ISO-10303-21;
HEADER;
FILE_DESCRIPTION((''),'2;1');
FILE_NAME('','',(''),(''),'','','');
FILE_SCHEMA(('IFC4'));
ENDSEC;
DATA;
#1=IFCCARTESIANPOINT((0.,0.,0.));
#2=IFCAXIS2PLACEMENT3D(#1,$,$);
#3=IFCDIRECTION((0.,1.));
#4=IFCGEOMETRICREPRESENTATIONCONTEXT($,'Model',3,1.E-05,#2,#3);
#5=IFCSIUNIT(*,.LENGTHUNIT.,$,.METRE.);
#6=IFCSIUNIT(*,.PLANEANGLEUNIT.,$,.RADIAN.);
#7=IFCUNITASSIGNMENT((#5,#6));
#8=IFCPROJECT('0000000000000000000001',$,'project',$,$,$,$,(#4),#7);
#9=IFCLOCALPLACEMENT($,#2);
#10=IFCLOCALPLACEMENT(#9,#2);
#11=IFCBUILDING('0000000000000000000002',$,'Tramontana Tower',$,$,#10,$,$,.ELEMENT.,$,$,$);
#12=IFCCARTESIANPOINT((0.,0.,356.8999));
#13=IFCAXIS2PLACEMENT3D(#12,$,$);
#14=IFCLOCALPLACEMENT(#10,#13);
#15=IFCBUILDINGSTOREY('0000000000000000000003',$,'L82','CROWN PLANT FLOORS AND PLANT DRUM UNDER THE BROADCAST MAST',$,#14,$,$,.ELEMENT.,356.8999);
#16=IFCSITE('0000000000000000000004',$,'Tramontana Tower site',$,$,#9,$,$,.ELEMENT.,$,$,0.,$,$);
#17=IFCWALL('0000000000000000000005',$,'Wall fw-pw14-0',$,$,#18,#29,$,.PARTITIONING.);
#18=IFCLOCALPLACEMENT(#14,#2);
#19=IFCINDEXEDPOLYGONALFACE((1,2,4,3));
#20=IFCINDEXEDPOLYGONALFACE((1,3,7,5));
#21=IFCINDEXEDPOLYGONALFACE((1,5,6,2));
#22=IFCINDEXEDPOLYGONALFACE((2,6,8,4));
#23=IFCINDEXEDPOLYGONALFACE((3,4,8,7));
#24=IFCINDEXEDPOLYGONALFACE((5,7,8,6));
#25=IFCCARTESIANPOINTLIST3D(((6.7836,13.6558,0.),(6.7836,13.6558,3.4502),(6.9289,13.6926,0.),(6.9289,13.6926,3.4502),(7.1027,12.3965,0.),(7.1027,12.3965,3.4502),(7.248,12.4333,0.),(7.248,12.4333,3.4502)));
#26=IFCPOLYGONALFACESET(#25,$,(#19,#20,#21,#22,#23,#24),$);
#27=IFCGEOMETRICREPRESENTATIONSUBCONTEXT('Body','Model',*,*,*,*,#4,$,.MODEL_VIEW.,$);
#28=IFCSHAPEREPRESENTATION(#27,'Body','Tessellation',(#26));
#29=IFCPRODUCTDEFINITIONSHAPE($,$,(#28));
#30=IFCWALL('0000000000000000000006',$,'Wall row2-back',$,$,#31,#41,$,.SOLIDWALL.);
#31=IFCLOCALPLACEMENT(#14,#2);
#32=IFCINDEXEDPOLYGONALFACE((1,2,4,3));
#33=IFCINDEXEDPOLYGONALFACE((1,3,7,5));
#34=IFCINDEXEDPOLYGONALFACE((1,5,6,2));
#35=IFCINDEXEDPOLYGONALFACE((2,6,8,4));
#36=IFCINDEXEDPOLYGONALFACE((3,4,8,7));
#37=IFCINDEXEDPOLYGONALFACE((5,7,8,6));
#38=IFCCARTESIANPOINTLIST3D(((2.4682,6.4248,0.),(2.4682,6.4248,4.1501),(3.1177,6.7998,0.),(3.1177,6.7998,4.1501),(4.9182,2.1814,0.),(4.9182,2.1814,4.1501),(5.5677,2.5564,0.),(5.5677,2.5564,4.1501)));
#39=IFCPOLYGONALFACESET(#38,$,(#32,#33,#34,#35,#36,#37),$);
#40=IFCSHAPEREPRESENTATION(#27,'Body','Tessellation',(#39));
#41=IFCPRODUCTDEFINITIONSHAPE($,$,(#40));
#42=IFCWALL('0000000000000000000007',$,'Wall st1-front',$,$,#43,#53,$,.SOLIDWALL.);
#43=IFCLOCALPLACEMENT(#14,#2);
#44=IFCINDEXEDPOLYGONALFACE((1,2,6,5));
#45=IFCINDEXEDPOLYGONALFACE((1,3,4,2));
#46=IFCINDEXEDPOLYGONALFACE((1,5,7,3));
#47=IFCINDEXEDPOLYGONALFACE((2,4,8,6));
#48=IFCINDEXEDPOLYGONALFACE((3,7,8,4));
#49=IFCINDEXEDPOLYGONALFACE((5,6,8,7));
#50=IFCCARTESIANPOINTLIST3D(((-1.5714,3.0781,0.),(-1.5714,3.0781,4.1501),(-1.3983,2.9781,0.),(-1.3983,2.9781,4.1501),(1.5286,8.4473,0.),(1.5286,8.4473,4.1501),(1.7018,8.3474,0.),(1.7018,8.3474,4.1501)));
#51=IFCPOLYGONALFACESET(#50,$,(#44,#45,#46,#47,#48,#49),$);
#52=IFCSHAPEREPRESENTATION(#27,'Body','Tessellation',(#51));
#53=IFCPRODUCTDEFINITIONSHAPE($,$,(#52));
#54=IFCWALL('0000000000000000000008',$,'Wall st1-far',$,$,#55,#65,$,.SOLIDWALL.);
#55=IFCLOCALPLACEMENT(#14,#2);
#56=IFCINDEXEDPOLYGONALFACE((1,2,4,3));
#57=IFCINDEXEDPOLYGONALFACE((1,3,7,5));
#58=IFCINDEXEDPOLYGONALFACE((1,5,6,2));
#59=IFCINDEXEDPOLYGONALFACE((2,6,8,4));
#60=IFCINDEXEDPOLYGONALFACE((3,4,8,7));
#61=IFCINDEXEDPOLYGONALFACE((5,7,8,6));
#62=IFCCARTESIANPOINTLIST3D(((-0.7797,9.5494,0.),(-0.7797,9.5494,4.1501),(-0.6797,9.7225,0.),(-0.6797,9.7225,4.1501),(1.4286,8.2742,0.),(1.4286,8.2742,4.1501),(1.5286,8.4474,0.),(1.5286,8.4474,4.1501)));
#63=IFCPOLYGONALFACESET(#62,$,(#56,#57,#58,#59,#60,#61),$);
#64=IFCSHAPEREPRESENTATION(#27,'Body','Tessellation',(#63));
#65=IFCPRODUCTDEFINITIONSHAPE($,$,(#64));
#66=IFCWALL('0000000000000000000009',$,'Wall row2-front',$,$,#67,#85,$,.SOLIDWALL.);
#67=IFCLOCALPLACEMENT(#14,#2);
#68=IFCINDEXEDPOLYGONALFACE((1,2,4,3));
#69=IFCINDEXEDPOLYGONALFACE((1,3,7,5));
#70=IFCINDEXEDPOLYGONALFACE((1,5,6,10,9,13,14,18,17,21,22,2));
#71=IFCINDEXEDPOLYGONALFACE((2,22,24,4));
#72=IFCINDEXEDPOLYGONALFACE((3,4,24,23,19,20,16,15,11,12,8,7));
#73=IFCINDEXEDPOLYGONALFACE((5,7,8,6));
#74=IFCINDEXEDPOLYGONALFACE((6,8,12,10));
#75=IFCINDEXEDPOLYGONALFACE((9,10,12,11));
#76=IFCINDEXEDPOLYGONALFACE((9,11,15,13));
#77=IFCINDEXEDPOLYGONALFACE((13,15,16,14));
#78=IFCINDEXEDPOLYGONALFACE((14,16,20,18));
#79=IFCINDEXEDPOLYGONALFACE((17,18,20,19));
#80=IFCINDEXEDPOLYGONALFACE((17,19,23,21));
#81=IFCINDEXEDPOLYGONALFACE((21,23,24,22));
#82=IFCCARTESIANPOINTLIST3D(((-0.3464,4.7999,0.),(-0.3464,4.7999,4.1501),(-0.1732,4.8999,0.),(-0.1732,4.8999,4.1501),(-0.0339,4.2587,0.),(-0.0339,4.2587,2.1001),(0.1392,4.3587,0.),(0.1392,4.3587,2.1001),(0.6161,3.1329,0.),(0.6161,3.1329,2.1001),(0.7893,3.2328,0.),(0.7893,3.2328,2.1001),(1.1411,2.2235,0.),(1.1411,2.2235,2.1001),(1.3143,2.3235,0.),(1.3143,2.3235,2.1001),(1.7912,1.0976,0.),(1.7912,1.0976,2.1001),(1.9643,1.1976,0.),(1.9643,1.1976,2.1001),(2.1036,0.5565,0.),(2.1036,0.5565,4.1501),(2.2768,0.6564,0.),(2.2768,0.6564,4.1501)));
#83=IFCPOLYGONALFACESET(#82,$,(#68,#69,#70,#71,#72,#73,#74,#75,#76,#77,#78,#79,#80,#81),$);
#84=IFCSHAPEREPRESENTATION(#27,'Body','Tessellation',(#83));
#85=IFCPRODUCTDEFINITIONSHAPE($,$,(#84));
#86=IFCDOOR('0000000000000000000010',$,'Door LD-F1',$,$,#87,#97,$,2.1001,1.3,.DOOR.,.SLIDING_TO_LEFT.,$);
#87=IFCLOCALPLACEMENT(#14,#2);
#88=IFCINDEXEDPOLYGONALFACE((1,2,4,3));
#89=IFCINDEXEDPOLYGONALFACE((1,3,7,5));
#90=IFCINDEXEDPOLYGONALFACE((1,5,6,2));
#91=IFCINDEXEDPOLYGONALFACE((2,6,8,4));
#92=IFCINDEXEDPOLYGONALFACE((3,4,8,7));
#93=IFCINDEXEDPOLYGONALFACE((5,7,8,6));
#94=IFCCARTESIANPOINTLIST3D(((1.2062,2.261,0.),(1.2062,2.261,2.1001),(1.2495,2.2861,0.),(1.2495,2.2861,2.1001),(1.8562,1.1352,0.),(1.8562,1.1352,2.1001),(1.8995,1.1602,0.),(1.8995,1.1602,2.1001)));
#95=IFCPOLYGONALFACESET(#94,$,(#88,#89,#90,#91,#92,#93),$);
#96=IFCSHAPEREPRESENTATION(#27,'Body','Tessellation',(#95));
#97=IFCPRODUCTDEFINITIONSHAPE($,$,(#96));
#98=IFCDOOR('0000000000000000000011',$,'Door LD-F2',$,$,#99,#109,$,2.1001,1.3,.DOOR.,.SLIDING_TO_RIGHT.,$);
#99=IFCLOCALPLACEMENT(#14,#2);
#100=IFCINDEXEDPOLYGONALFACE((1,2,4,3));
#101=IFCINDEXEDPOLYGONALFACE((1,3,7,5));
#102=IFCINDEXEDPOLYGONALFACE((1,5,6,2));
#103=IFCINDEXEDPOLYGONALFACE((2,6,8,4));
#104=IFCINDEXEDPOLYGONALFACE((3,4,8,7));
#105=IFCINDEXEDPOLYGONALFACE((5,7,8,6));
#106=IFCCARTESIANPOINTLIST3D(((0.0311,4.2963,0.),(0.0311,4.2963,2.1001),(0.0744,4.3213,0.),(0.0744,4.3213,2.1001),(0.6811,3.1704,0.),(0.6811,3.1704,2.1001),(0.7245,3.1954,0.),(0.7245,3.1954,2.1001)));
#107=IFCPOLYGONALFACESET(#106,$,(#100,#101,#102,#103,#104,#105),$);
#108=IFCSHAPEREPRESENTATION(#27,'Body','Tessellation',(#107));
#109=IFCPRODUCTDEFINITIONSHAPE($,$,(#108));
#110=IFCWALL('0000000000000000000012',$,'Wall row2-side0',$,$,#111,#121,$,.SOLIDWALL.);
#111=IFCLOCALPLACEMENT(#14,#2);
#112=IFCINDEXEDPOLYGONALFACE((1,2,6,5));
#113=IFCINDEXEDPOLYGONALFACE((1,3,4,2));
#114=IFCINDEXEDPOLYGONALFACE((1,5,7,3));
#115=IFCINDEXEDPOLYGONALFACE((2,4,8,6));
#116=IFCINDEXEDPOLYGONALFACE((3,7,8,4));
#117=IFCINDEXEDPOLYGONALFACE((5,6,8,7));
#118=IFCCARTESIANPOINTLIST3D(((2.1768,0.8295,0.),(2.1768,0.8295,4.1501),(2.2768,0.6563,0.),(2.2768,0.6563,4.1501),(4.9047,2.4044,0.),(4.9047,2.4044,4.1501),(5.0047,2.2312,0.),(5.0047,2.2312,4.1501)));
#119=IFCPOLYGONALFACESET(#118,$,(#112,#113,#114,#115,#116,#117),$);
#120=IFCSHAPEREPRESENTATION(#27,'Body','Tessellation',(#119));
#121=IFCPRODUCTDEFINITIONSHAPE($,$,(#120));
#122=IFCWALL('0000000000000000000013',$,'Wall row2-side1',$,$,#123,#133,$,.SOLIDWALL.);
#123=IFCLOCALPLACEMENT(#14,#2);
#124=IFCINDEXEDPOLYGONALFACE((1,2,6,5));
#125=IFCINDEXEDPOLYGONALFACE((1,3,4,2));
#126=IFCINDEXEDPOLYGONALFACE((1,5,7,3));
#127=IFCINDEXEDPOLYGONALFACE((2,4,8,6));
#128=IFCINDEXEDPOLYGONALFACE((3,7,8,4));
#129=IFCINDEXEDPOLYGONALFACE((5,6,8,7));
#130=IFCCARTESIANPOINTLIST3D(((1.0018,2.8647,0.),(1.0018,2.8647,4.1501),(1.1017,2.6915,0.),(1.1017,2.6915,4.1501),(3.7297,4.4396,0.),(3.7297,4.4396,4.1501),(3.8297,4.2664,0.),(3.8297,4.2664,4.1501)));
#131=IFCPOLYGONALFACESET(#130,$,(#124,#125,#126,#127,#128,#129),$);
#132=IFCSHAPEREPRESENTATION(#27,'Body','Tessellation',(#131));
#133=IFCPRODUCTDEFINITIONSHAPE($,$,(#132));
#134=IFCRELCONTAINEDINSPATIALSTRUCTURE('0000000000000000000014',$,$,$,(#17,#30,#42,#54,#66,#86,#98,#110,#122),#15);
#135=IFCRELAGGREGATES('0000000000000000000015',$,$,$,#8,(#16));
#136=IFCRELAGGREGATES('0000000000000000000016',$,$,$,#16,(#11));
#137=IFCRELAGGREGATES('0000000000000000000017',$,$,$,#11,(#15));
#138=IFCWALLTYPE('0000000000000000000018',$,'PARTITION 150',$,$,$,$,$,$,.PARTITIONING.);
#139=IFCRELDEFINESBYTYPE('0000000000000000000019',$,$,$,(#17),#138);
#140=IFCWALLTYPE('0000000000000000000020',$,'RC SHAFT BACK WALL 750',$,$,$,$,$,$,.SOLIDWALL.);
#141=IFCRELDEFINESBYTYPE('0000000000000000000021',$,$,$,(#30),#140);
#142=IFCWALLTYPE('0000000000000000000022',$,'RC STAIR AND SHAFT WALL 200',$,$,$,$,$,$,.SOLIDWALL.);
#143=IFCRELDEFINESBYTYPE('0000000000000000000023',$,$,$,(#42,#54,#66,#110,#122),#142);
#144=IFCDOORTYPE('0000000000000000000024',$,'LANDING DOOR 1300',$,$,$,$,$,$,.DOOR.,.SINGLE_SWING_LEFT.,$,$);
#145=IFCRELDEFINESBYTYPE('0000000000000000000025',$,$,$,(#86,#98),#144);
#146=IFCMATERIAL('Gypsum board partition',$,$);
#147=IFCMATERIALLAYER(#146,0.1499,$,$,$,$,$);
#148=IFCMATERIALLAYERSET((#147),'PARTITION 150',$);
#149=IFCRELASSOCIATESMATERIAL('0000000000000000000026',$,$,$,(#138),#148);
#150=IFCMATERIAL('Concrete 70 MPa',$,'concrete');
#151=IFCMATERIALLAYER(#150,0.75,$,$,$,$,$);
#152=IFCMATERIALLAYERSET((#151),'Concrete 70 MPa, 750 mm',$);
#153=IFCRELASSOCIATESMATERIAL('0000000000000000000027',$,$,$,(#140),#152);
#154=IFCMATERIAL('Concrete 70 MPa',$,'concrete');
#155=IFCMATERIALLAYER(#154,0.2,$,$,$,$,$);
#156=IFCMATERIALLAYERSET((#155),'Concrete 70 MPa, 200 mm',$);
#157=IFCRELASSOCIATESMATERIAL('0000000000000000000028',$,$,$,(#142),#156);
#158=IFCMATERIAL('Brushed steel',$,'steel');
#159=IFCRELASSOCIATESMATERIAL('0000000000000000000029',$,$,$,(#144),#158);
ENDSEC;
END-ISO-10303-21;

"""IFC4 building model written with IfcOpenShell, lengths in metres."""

from ifc_helpers import new_model, si_unit, direction, frame, frame_2d, origin, place, context, subcontext, project, spatial, rectangle, extrude, material, layer, layer_set, type_object, element, fill, save


model = new_model("IFC4")

# Units and contexts
model_context = context("Model", 3, precision=1e-05, world=origin(), true_north=direction((0.0, 1.0)))
body_context = subcontext(model_context, "Body", "Model", "MODEL_VIEW")
ifc_project = project(units=[si_unit("LENGTHUNIT", "METRE"), si_unit("PLANEANGLEUNIT", "RADIAN")], contexts=[model_context])

# Site, building, storey
site_placement = place(None, origin())
site = spatial("IfcSite", under=ifc_project, at=site_placement, Name="Tramontana Tower site", CompositionType="ELEMENT", RefElevation=0.0)
building_placement = place(site_placement, origin())
building = spatial("IfcBuilding", under=site, at=building_placement, Name="Tramontana Tower", CompositionType="ELEMENT")
storey_placement = place(building_placement, frame((0.0, 0.0, 356.8999)))
storey = spatial("IfcBuildingStorey", under=building, at=storey_placement, Name="L82", Description="CROWN PLANT FLOORS AND PLANT DRUM UNDER THE BROADCAST MAST", CompositionType="ELEMENT", Elevation=356.8999)

# Walls
ifc_material_1 = material(Name="Gypsum board partition")
ifc_layer_1 = layer(ifc_material_1, 0.1499)
ifc_layer_set_1 = layer_set([ifc_layer_1], Name="PARTITION 150")
wall_type_1 = type_object("IfcWallType", Name="PARTITION 150", PredefinedType="PARTITIONING", material=ifc_layer_set_1)
wall_1_placement = place(storey_placement, frame((7.1753, 12.415, 0.0), z_axis=(0.0, 0.0, 1.0), x_axis=(-0.24563, 0.969364, 0.0)))
element("IfcWall", 1, at=wall_1_placement, inside=storey, type_object=wall_type_1, Name="Wall fw-pw14-0", PredefinedType="PARTITIONING", context=body_context, shape_type="SweptSolid", body=[
    extrude(rectangle(XDim=1.2991, YDim=0.1499, at=frame_2d((0.6494, 0.0))), origin(), (0.0, 0.0, 1.0), 3.4502),
])
ifc_material_2 = material(Name="Concrete 70 MPa", Category="concrete")
ifc_layer_2 = layer(ifc_material_2, 0.75)
ifc_layer_set_2 = layer_set([ifc_layer_2], Name="Concrete 70 MPa, 750 mm")
wall_type_2 = type_object("IfcWallType", Name="RC SHAFT BACK WALL 750", PredefinedType="SOLIDWALL", material=ifc_layer_set_2)
wall_2_placement = place(storey_placement, frame((5.2429, 2.3689, 0.0), z_axis=(0.0, 0.0, 1.0), x_axis=(-0.500003, 0.866024, 0.0)))
element("IfcWall", 2, at=wall_2_placement, inside=storey, type_object=wall_type_2, Name="Wall row2-back", PredefinedType="SOLIDWALL", context=body_context, shape_type="SweptSolid", body=[
    extrude(rectangle(XDim=4.8999, YDim=0.75, at=frame_2d((2.45, 0.0))), origin(), (0.0, 0.0, 1.0), 4.1501),
])
ifc_material_3 = material(Name="Concrete 70 MPa", Category="concrete")
ifc_layer_3 = layer(ifc_material_3, 0.2)
ifc_layer_set_3 = layer_set([ifc_layer_3], Name="Concrete 70 MPa, 200 mm")
wall_type_3 = type_object("IfcWallType", Name="RC STAIR AND SHAFT WALL 200", PredefinedType="SOLIDWALL", material=ifc_layer_set_3)
wall_3_placement = place(storey_placement, frame((1.6152, 8.3975, 0.0), z_axis=(0.0, 0.0, 1.0), x_axis=(-0.50001, -0.86602, 0.0)))
element("IfcWall", 3, at=wall_3_placement, inside=storey, type_object=wall_type_3, Name="Wall st1-front", PredefinedType="SOLIDWALL", context=body_context, shape_type="SweptSolid", body=[
    extrude(rectangle(XDim=6.2, YDim=0.2, at=frame_2d((3.1001, 0.0))), origin(), (0.0, 0.0, 1.0), 4.1501),
])
wall_4_placement = place(storey_placement, frame((1.4785, 8.3608, 0.0), z_axis=(0.0, 0.0, 1.0), x_axis=(-0.865989, 0.500062, 0.0)))
element("IfcWall", 4, at=wall_4_placement, inside=storey, type_object=wall_type_3, Name="Wall st1-far", PredefinedType="SOLIDWALL", context=body_context, shape_type="SweptSolid", body=[
    extrude(rectangle(XDim=2.55, YDim=0.2, at=frame_2d((1.2749, 0.0))), origin(), (0.0, 0.0, 1.0), 4.1501),
])

# Wall, openings, doors
wall_5_placement = place(storey_placement, frame((2.1902, 0.6064, 0.0), z_axis=(0.0, 0.0, 1.0), x_axis=(-0.500003, 0.866024, 0.0)))
wall_5 = element("IfcWall", 5, at=wall_5_placement, inside=storey, type_object=wall_type_3, Name="Wall row2-front", PredefinedType="SOLIDWALL", context=body_context, shape_type="SweptSolid", body=[
    extrude(rectangle(XDim=4.8999, YDim=0.2, at=frame_2d((2.45, 0.0))), origin(), (0.0, 0.0, 1.0), 4.1501),
])
opening_1_placement = place(wall_5_placement, frame((0.625, 0.0, 0.0)))
opening_1 = element("IfcOpeningElement", 6, at=opening_1_placement, cuts=wall_5, PredefinedType="OPENING", context=body_context, shape_type="SweptSolid", body=[
    extrude(rectangle(XDim=1.3, YDim=2.1001, at=frame_2d((0.6499, 1.05))), frame((0.0, 0.1099, 0.0), z_axis=(0.0, -1.0, 0.0), x_axis=(1.0, 0.0, 0.0)), (0.0, 0.0, 1.0), 0.22),
])
opening_2_placement = place(wall_5_placement, frame((2.9751, 0.0, 0.0)))
opening_2 = element("IfcOpeningElement", 7, at=opening_2_placement, cuts=wall_5, PredefinedType="OPENING", context=body_context, shape_type="SweptSolid", body=[
    extrude(rectangle(XDim=1.3, YDim=2.1001, at=frame_2d((0.6499, 1.05))), frame((0.0, 0.1099, 0.0), z_axis=(0.0, -1.0, 0.0), x_axis=(1.0, 0.0, 0.0)), (0.0, 0.0, 1.0), 0.22),
])
ifc_material_4 = material(Name="Brushed steel", Category="steel")
door_type_1 = type_object("IfcDoorType", Name="LANDING DOOR 1300", OperationType="SINGLE_SWING_LEFT", PredefinedType="DOOR", material=ifc_material_4)
door_1_placement = place(opening_1_placement, origin())
door_1 = element("IfcDoor", 8, at=door_1_placement, inside=storey, type_object=door_type_1, Name="Door LD-F1", OperationType="SLIDING_TO_LEFT", OverallHeight=2.1001, OverallWidth=1.3, PredefinedType="DOOR", context=body_context, shape_type="SweptSolid", body=[
    extrude(rectangle(XDim=1.3, YDim=2.1001, at=frame_2d((0.6499, 1.05))), frame((0.0, 0.0249, 0.0), z_axis=(0.0, -1.0, 0.0), x_axis=(1.0, 0.0, 0.0)), (0.0, 0.0, 1.0), 0.05),
])
fill(opening_1, door_1)
door_2_placement = place(opening_2_placement, origin())
door_2 = element("IfcDoor", 9, at=door_2_placement, inside=storey, type_object=door_type_1, Name="Door LD-F2", OperationType="SLIDING_TO_RIGHT", OverallHeight=2.1001, OverallWidth=1.3, PredefinedType="DOOR", context=body_context, shape_type="SweptSolid", body=[
    extrude(rectangle(XDim=1.3, YDim=2.1001, at=frame_2d((0.6499, 1.05))), frame((0.0, 0.0249, 0.0), z_axis=(0.0, -1.0, 0.0), x_axis=(1.0, 0.0, 0.0)), (0.0, 0.0, 1.0), 0.05),
])
fill(opening_2, door_2)

# Walls
for number, where, z_axis, x_axis, name in (
    (10, (2.2268, 0.7429, 0.0), (0.0, 0.0, 1.0), (0.866036, 0.499982, 0.0), "Wall row2-side0"),
    (11, (1.0518, 2.7781, 0.0), (0.0, 0.0, 1.0), (0.866036, 0.499982, 0.0), "Wall row2-side1"),
):
    element("IfcWall", number, at=place(storey_placement, frame(where, z_axis=z_axis, x_axis=x_axis)), inside=storey, type_object=wall_type_3, Name=name, PredefinedType="SOLIDWALL", context=body_context, shape_type="SweptSolid", body=[
        extrude(rectangle(XDim=3.1499, YDim=0.2, at=frame_2d((1.575, 0.0))), origin(), (0.0, 0.0, 1.0), 4.1501),
    ])

save(model, "model.ifc")
